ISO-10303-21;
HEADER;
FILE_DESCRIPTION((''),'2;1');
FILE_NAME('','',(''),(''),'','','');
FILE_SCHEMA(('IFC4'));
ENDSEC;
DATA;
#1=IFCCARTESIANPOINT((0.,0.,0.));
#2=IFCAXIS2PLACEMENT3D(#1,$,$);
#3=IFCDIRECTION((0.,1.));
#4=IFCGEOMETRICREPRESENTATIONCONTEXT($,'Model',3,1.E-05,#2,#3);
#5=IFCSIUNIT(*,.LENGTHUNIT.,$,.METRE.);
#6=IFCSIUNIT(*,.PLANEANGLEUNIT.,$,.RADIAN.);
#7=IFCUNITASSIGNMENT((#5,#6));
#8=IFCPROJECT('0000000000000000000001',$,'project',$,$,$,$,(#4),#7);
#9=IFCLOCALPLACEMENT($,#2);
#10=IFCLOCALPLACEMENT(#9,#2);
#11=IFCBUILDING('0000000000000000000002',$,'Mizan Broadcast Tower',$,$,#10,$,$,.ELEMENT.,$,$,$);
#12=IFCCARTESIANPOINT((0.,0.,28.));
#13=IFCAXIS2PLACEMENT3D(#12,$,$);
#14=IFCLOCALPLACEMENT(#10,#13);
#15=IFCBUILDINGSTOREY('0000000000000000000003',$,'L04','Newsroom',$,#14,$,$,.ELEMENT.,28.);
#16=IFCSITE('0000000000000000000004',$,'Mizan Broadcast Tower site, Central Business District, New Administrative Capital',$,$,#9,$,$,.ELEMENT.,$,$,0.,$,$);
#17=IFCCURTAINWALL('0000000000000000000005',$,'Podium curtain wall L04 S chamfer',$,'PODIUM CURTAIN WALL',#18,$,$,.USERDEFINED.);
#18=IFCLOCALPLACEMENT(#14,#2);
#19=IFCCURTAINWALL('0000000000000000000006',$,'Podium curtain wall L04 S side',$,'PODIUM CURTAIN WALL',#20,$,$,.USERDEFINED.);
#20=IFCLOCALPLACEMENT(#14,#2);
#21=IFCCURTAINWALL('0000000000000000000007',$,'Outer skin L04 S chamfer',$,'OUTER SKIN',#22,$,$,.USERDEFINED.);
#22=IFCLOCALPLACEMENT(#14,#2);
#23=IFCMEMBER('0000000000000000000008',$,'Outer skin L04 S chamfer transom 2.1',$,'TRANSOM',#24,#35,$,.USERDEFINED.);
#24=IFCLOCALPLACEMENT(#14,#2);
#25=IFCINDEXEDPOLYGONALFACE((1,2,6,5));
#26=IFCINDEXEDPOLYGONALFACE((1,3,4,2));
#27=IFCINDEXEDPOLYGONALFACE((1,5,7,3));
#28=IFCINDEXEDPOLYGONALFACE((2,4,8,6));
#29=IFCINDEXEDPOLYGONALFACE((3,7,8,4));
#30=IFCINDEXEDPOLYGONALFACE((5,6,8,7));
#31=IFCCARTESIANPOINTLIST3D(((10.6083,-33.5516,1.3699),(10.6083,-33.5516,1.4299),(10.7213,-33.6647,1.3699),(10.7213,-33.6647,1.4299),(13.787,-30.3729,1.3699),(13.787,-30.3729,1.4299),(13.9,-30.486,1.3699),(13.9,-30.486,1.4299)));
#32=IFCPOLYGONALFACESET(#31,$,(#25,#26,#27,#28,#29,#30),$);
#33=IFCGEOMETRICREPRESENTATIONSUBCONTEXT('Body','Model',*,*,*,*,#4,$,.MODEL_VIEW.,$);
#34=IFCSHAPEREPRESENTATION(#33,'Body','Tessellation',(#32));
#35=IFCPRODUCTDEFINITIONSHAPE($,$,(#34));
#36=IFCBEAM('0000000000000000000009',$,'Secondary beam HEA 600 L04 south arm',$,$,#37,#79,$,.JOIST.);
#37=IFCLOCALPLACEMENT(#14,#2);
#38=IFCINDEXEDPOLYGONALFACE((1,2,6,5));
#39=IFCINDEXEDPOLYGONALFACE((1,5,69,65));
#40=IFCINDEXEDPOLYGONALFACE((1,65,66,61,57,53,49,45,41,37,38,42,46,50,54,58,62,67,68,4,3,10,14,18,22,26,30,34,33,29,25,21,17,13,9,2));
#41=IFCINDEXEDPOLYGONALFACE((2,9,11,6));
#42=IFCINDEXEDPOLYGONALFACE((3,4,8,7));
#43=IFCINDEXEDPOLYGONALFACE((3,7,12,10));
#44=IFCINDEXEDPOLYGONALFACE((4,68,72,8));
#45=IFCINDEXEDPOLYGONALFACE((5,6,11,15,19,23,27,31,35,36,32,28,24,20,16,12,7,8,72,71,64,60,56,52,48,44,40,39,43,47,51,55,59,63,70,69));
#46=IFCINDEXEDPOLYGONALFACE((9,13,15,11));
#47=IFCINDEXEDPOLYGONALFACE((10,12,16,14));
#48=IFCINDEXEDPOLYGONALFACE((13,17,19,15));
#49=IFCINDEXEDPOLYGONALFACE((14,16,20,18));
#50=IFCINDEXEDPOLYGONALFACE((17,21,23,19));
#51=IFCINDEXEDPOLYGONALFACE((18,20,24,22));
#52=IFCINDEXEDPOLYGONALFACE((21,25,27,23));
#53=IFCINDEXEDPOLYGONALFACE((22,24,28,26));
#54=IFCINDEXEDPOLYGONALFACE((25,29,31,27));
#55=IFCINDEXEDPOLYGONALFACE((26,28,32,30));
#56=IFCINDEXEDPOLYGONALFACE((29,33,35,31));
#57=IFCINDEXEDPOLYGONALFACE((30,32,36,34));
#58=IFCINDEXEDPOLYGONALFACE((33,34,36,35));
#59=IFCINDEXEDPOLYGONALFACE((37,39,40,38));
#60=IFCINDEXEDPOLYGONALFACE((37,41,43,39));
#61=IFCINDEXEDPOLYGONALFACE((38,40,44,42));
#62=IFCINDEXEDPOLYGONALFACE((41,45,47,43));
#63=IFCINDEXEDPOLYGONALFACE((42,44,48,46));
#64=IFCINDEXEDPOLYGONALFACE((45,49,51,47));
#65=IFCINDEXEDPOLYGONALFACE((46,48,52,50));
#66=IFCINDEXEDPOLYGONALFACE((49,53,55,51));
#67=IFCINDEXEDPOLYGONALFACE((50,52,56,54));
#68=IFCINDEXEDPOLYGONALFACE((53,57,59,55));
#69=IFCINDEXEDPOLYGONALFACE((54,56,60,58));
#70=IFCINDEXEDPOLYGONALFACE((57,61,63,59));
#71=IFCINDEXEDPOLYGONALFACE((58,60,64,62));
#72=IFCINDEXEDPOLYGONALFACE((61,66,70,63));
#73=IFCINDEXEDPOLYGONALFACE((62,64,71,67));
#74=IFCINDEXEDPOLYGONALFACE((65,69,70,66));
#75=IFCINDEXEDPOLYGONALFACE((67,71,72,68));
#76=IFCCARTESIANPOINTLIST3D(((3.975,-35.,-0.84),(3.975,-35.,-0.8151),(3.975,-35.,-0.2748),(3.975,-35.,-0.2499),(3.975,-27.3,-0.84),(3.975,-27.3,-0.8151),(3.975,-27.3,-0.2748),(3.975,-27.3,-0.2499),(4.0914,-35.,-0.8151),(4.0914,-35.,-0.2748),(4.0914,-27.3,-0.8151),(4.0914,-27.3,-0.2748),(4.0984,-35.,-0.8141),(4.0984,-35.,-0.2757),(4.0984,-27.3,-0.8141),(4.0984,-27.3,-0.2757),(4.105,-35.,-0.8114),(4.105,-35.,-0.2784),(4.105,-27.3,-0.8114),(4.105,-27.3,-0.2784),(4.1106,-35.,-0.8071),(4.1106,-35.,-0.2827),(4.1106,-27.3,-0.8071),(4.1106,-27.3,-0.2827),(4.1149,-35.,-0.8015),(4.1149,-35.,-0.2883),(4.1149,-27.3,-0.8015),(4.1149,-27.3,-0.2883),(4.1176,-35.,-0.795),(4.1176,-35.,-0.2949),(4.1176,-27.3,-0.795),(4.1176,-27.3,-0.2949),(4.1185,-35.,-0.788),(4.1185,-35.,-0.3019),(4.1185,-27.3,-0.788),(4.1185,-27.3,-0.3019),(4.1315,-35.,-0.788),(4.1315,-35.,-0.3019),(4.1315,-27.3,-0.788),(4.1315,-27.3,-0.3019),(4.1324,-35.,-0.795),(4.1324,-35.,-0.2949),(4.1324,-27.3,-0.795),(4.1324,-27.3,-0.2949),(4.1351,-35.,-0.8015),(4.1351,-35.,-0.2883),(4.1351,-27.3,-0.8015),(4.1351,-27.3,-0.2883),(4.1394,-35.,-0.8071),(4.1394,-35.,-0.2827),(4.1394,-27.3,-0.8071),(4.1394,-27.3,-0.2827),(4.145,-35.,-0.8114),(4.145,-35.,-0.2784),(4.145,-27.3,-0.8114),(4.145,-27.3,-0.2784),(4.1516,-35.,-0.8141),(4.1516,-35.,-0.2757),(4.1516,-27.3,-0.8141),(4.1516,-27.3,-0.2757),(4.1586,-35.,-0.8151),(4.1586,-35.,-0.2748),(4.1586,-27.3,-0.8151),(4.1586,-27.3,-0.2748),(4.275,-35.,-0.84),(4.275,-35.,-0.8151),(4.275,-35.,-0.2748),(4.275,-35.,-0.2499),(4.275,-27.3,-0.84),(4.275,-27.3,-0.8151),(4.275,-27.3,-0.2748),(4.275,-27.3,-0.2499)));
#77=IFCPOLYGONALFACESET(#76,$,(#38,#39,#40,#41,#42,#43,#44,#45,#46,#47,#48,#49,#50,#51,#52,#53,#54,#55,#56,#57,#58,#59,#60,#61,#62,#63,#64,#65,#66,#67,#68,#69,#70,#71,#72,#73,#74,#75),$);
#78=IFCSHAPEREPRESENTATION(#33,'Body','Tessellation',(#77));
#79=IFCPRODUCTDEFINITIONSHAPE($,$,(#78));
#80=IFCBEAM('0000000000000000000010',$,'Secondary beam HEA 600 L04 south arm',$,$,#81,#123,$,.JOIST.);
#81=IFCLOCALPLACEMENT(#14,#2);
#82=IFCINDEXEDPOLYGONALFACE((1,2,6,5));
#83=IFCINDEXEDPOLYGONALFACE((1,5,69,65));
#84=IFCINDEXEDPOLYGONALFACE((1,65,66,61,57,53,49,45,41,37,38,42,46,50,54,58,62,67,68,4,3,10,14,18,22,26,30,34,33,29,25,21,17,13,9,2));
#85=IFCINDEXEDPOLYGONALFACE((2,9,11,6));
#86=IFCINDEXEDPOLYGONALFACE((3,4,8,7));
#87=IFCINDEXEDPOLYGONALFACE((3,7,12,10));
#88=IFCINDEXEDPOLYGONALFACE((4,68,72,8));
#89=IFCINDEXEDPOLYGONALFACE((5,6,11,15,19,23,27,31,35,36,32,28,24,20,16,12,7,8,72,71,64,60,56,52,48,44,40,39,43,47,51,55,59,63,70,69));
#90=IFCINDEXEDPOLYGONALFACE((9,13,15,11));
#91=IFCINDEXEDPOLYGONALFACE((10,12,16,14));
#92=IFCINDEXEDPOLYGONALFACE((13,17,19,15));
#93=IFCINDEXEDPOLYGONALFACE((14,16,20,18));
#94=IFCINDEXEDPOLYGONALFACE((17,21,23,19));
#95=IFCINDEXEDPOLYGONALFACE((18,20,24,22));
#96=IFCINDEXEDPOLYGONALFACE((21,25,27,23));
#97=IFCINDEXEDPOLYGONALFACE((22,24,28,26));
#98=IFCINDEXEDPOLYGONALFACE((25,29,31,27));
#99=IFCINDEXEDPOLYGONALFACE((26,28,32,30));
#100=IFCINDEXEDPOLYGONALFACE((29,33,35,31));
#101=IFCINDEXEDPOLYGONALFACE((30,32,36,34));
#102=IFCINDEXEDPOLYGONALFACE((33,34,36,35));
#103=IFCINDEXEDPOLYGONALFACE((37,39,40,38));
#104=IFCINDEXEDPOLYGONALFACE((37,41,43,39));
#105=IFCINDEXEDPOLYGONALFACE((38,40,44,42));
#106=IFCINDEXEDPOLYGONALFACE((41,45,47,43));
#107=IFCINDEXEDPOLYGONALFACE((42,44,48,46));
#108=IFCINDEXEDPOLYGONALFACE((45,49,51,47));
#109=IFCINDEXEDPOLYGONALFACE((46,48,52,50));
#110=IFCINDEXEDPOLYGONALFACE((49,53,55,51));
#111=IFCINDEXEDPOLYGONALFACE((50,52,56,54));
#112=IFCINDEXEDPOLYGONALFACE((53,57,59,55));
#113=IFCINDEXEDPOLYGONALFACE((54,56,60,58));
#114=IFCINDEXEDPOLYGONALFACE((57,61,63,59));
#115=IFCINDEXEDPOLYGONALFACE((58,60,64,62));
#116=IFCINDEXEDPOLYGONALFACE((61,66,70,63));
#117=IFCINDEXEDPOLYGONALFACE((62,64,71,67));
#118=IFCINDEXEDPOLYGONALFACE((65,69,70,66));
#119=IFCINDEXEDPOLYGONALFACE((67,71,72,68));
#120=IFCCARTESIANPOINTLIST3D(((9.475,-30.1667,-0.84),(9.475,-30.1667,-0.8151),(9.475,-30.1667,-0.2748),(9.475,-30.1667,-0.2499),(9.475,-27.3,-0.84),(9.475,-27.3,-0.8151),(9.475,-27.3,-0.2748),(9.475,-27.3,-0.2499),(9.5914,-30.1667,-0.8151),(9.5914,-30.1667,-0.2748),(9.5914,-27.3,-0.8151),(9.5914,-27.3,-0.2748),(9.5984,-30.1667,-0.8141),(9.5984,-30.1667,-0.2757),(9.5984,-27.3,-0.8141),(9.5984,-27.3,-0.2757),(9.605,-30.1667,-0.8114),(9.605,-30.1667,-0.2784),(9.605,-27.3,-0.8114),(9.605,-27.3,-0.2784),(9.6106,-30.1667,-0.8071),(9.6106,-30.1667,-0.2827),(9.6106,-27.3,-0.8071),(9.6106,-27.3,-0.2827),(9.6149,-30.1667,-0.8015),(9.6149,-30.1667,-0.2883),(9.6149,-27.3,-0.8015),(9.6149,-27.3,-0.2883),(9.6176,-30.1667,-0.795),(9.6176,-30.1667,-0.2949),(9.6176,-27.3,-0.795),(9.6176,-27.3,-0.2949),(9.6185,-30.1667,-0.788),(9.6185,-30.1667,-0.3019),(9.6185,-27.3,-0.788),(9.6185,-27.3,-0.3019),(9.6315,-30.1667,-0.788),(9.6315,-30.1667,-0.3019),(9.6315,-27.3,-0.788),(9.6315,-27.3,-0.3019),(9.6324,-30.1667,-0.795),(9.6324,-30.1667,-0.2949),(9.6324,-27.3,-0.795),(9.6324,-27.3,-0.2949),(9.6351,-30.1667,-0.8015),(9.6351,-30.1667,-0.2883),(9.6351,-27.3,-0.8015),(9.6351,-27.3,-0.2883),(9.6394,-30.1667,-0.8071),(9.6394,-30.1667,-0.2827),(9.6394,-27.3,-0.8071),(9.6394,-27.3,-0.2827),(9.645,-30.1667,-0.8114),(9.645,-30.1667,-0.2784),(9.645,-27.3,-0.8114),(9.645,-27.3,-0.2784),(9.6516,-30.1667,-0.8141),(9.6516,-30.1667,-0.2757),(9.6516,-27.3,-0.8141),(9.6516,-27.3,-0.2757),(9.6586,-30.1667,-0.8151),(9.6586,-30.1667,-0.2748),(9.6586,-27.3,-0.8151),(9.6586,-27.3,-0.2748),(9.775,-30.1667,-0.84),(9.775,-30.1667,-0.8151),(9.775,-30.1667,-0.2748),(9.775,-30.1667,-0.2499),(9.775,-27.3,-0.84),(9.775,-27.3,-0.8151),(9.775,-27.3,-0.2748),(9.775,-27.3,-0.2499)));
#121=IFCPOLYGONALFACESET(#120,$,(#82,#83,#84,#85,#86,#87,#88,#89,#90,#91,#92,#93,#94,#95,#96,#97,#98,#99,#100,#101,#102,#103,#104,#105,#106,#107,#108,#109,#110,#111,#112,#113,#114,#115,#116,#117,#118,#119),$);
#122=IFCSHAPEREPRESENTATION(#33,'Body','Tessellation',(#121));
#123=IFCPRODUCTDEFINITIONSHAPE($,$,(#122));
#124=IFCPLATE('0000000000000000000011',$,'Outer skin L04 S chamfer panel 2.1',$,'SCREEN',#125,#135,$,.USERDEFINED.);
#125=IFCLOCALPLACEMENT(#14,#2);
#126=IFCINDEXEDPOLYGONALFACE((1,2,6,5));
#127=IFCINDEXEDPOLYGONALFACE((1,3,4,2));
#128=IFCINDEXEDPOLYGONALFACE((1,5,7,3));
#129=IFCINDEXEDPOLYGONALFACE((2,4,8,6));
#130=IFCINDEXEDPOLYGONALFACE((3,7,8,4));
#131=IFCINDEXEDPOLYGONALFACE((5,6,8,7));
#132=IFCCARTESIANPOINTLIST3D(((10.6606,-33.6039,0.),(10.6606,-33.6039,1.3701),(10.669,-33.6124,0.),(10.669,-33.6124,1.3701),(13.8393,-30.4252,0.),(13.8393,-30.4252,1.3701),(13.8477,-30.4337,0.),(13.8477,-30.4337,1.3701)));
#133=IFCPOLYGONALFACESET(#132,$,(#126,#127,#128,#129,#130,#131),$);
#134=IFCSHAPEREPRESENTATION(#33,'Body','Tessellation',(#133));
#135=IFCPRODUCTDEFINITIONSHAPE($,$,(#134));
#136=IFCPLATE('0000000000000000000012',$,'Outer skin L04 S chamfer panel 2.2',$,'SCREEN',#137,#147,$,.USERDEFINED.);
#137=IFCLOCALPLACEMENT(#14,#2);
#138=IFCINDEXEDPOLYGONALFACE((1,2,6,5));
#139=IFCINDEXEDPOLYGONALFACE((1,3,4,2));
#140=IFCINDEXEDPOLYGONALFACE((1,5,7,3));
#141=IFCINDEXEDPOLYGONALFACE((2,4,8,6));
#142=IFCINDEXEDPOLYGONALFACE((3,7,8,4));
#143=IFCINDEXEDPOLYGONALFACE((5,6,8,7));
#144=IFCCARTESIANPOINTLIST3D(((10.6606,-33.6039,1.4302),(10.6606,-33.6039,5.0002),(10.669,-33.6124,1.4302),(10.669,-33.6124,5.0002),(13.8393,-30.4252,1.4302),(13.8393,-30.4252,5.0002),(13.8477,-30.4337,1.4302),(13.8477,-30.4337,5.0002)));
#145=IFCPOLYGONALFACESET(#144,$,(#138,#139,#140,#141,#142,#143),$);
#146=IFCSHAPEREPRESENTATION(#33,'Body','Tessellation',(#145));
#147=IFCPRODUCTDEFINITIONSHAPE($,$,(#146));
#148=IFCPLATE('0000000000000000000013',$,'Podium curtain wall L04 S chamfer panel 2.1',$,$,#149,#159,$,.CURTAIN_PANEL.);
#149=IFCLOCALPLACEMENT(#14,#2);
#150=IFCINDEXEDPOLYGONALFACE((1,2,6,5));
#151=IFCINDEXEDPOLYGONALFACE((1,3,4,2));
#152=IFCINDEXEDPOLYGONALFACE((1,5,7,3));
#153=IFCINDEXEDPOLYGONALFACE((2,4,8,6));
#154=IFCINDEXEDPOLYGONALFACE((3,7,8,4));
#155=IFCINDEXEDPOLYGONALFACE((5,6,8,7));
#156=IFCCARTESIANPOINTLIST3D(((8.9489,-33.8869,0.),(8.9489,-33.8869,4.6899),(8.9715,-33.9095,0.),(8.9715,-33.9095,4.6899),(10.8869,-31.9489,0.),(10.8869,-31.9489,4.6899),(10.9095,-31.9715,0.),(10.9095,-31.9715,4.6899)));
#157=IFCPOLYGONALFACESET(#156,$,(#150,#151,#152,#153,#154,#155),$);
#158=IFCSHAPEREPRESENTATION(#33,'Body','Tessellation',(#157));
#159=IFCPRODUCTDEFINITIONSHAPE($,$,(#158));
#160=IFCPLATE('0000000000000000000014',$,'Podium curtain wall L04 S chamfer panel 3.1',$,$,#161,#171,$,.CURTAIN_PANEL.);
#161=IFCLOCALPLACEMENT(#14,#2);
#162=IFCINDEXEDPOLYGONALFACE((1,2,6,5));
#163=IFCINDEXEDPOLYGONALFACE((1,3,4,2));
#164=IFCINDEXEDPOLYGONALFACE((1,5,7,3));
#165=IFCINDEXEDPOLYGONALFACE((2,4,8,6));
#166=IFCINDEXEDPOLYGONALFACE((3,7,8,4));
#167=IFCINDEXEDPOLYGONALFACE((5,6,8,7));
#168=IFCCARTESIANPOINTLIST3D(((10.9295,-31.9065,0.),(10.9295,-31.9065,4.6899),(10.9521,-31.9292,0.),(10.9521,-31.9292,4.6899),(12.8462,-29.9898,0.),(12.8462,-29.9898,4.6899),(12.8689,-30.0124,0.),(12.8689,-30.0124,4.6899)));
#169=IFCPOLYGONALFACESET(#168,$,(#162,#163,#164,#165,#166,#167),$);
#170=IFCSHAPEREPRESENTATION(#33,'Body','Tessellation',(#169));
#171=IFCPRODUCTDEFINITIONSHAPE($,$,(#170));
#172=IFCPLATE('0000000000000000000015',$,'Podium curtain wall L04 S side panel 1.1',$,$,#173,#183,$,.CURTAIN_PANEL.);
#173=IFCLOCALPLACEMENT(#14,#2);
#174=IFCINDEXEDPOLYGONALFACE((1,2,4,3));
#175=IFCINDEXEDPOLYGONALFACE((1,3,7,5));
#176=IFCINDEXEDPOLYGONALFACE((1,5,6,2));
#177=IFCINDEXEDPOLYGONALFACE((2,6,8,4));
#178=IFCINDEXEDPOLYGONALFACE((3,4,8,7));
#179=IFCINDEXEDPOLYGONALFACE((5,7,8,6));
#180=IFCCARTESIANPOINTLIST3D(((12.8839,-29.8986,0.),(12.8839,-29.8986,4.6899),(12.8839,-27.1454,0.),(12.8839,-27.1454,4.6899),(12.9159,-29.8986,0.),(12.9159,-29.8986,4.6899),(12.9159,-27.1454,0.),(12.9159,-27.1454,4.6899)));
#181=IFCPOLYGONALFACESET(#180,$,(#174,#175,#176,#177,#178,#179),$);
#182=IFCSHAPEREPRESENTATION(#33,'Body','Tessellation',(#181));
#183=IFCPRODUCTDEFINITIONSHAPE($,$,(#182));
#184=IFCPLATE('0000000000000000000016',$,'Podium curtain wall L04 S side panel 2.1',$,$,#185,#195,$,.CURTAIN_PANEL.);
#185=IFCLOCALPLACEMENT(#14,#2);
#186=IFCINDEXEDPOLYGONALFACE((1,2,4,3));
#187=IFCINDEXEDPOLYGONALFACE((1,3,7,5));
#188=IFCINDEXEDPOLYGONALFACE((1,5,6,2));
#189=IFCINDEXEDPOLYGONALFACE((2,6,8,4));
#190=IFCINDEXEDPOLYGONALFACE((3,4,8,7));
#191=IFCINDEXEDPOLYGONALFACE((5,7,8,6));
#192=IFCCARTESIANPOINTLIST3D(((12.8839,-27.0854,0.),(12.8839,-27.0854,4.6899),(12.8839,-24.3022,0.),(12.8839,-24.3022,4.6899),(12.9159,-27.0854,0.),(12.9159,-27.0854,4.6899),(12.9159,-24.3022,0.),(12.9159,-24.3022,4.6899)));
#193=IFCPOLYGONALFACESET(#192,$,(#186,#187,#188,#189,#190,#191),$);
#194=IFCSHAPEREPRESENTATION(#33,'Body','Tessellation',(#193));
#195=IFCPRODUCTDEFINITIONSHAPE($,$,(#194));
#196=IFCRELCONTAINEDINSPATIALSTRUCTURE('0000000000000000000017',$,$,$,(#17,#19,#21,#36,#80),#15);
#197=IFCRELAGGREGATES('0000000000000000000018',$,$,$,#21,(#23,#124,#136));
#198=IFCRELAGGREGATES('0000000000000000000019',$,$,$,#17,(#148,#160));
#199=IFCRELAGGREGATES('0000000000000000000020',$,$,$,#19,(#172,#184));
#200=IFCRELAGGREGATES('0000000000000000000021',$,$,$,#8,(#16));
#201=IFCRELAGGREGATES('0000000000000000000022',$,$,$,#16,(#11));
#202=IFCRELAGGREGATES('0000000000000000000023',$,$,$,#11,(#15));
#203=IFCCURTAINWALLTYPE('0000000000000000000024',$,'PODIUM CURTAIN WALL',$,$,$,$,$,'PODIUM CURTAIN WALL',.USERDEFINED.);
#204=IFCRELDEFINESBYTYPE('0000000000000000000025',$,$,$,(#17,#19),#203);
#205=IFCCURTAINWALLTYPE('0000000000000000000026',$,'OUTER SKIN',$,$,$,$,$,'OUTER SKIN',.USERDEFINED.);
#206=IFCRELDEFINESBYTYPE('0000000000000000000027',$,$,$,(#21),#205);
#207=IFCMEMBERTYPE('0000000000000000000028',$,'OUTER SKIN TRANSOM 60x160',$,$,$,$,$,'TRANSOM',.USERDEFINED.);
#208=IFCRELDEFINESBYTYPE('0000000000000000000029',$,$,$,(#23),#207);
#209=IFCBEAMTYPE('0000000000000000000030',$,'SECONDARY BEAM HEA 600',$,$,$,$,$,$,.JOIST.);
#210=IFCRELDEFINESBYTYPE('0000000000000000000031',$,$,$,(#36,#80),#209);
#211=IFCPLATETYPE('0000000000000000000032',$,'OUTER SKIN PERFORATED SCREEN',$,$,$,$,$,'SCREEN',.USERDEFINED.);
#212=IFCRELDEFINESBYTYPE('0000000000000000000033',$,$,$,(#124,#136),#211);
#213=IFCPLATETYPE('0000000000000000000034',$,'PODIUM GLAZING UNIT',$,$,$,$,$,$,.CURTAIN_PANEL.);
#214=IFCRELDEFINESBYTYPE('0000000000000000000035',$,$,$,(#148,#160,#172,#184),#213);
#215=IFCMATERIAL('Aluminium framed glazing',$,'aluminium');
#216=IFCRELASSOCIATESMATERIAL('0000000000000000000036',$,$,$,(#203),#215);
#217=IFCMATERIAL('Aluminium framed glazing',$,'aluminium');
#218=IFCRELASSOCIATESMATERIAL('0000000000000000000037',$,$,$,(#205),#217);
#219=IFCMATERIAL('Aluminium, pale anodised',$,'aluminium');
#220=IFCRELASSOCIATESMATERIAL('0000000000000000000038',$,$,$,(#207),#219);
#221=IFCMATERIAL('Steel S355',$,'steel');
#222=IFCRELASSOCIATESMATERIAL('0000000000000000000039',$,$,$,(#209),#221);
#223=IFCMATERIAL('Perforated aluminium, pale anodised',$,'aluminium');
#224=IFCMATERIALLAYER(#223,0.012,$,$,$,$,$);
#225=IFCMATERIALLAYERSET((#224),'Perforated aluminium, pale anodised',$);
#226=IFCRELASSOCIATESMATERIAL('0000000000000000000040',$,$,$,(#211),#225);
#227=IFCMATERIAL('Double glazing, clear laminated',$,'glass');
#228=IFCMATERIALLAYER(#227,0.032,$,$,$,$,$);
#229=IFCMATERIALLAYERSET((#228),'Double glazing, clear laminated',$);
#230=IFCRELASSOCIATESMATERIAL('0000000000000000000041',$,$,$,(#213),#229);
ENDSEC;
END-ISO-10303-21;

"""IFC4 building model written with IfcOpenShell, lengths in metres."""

from ifc_helpers import new_model, si_unit, direction, frame, origin, origin_2d, place, context, subcontext, project, spatial, rectangle, i_section, extrude, material, layer, layer_set, material_profile, profile_set, type_object, element, aggregate, save


model = new_model("IFC4")

# Units and contexts
model_context = context("Model", 3, precision=1e-05, world=origin(), true_north=direction((0.0, 1.0)))
body_context = subcontext(model_context, "Body", "Model", "MODEL_VIEW")
ifc_project = project(units=[si_unit("LENGTHUNIT", "METRE"), si_unit("PLANEANGLEUNIT", "RADIAN")], contexts=[model_context])

# Site, building, storey
site_placement = place(None, origin())
site = spatial("IfcSite", under=ifc_project, at=site_placement, Name="Mizan Broadcast Tower site, Central Business District, New Administrative Capital", CompositionType="ELEMENT", RefElevation=0.0)
building_placement = place(site_placement, origin())
building = spatial("IfcBuilding", under=site, at=building_placement, Name="Mizan Broadcast Tower", CompositionType="ELEMENT")
storey_placement = place(building_placement, frame((0.0, 0.0, 28.0)))
storey = spatial("IfcBuildingStorey", under=building, at=storey_placement, Name="L04", Description="Newsroom", CompositionType="ELEMENT", Elevation=28.0)

# Curtain walls
ifc_material_1 = material(Name="Aluminium framed glazing", Category="aluminium")
curtain_wall_type_1 = type_object("IfcCurtainWallType", Name="PODIUM CURTAIN WALL", ElementType="PODIUM CURTAIN WALL", PredefinedType="USERDEFINED", material=ifc_material_1)
curtain_wall_1_placement = place(storey_placement, origin())
curtain_wall_1 = element("IfcCurtainWall", 1, at=curtain_wall_1_placement, inside=storey, type_object=curtain_wall_type_1, Name="Podium curtain wall L04 S chamfer", ObjectType="PODIUM CURTAIN WALL", PredefinedType="USERDEFINED")
curtain_wall_2_placement = place(storey_placement, origin())
curtain_wall_2 = element("IfcCurtainWall", 2, at=curtain_wall_2_placement, inside=storey, type_object=curtain_wall_type_1, Name="Podium curtain wall L04 S side", ObjectType="PODIUM CURTAIN WALL", PredefinedType="USERDEFINED")

# Curtain wall, member
ifc_material_2 = material(Name="Aluminium framed glazing", Category="aluminium")
curtain_wall_type_2 = type_object("IfcCurtainWallType", Name="OUTER SKIN", ElementType="OUTER SKIN", PredefinedType="USERDEFINED", material=ifc_material_2)
curtain_wall_3_placement = place(storey_placement, origin())
curtain_wall_3 = element("IfcCurtainWall", 3, at=curtain_wall_3_placement, inside=storey, type_object=curtain_wall_type_2, Name="Outer skin L04 S chamfer", ObjectType="OUTER SKIN", PredefinedType="USERDEFINED")
ifc_material_3 = material(Name="Aluminium, pale anodised", Category="aluminium")
ifc_material_profile_1 = material_profile(ifc_material_3, rectangle(XDim=0.1599, YDim=0.0601, at=origin_2d()), Name="TRANSOM 160x60")
ifc_profile_set_1 = profile_set([ifc_material_profile_1], Name="Aluminium, pale anodised")
member_type_1 = type_object("IfcMemberType", Name="OUTER SKIN TRANSOM 60x160", ElementType="TRANSOM", PredefinedType="USERDEFINED", material=ifc_profile_set_1)
member_1_placement = place(storey_placement, frame((10.6648, -33.6082, 1.3999), z_axis=(0.707107, 0.707107, 0.0), x_axis=(-0.707107, 0.707107, 0.0)))
member_1 = element("IfcMember", 4, at=member_1_placement, type_object=member_type_1, Name="Outer skin L04 S chamfer transom 2.1", ObjectType="TRANSOM", PredefinedType="USERDEFINED", context=body_context, shape_type="SweptSolid", body=[
    extrude(rectangle(XDim=0.1599, YDim=0.0601, at=origin_2d()), origin(), (0.0, 0.0, 1.0), 4.4954),
])

# Beams
ifc_material_4 = material(Name="Steel S355", Category="steel")
ifc_material_profile_2 = material_profile(ifc_material_4, i_section(OverallWidth=0.3, OverallDepth=0.5901, WebThickness=0.0129, FlangeThickness=0.0249, FilletRadius=0.0271, at=origin_2d()), Name="HEA 600")
ifc_profile_set_2 = profile_set([ifc_material_profile_2], Name="Steel S355")
beam_type_1 = type_object("IfcBeamType", Name="SECONDARY BEAM HEA 600", PredefinedType="JOIST", material=ifc_profile_set_2)
beam_1_placement = place(storey_placement, frame((4.125, -27.3, -0.5449), z_axis=(0.0, -1.0, 0.0), x_axis=(1.0, 0.0, 0.0)))
element("IfcBeam", 5, at=beam_1_placement, inside=storey, type_object=beam_type_1, Name="Secondary beam HEA 600 L04 south arm", PredefinedType="JOIST", context=body_context, shape_type="SweptSolid", body=[
    extrude(i_section(OverallWidth=0.3, OverallDepth=0.5901, WebThickness=0.0129, FlangeThickness=0.0249, FilletRadius=0.0271, at=origin_2d()), origin(), (0.0, 0.0, 1.0), 7.7),
])
beam_2_placement = place(storey_placement, frame((9.625, -27.3, -0.5449), z_axis=(0.0, -1.0, 0.0), x_axis=(1.0, 0.0, 0.0)))
element("IfcBeam", 6, at=beam_2_placement, inside=storey, type_object=beam_type_1, Name="Secondary beam HEA 600 L04 south arm", PredefinedType="JOIST", context=body_context, shape_type="SweptSolid", body=[
    extrude(i_section(OverallWidth=0.3, OverallDepth=0.5901, WebThickness=0.0129, FlangeThickness=0.0249, FilletRadius=0.0271, at=origin_2d()), origin(), (0.0, 0.0, 1.0), 2.8667),
])

# Plates
ifc_material_5 = material(Name="Perforated aluminium, pale anodised", Category="aluminium")
ifc_layer_1 = layer(ifc_material_5, 0.012)
ifc_layer_set_1 = layer_set([ifc_layer_1], Name="Perforated aluminium, pale anodised")
plate_type_1 = type_object("IfcPlateType", Name="OUTER SKIN PERFORATED SCREEN", ElementType="SCREEN", PredefinedType="USERDEFINED", material=ifc_layer_set_1)
plate_1_placement = place(storey_placement, frame((12.2542, -32.0188, 0.0), z_axis=(0.0, 0.0, 1.0), x_axis=(0.707107, 0.707107, 0.0)))
plate_1 = element("IfcPlate", 7, at=plate_1_placement, type_object=plate_type_1, Name="Outer skin L04 S chamfer panel 2.1", ObjectType="SCREEN", PredefinedType="USERDEFINED", context=body_context, shape_type="SweptSolid", body=[
    extrude(rectangle(XDim=4.4954, YDim=0.012, at=origin_2d()), origin(), (0.0, 0.0, 1.0), 1.3701),
])
plate_2_placement = place(storey_placement, frame((12.2542, -32.0188, 1.4302), z_axis=(0.0, 0.0, 1.0), x_axis=(0.707107, 0.707107, 0.0)))
plate_2 = element("IfcPlate", 8, at=plate_2_placement, type_object=plate_type_1, Name="Outer skin L04 S chamfer panel 2.2", ObjectType="SCREEN", PredefinedType="USERDEFINED", context=body_context, shape_type="SweptSolid", body=[
    extrude(rectangle(XDim=4.4954, YDim=0.012, at=origin_2d()), origin(), (0.0, 0.0, 1.0), 3.5701),
])
aggregate(curtain_wall_3, [member_1, plate_1, plate_2])
ifc_material_6 = material(Name="Double glazing, clear laminated", Category="glass")
ifc_layer_2 = layer(ifc_material_6, 0.032)
ifc_layer_set_2 = layer_set([ifc_layer_2], Name="Double glazing, clear laminated")
plate_type_2 = type_object("IfcPlateType", Name="PODIUM GLAZING UNIT", PredefinedType="CURTAIN_PANEL", material=ifc_layer_set_2)
plate_3_placement = place(storey_placement, frame((9.9292, -32.9292, 0.0), z_axis=(0.0, 0.0, 1.0), x_axis=(0.707107, 0.707107, 0.0)))
plate_3 = element("IfcPlate", 9, at=plate_3_placement, type_object=plate_type_2, Name="Podium curtain wall L04 S chamfer panel 2.1", PredefinedType="CURTAIN_PANEL", context=body_context, shape_type="SweptSolid", body=[
    extrude(rectangle(XDim=2.7407, YDim=0.032, at=origin_2d()), origin(), (0.0, 0.0, 1.0), 4.6899),
])
plate_4_placement = place(storey_placement, frame((11.8992, -30.9595, 0.0), z_axis=(0.0, 0.0, 1.0), x_axis=(0.707107, 0.707107, 0.0)))
plate_4 = element("IfcPlate", 10, at=plate_4_placement, type_object=plate_type_2, Name="Podium curtain wall L04 S chamfer panel 3.1", PredefinedType="CURTAIN_PANEL", context=body_context, shape_type="SweptSolid", body=[
    extrude(rectangle(XDim=2.7107, YDim=0.032, at=origin_2d()), origin(), (0.0, 0.0, 1.0), 4.6899),
])
aggregate(curtain_wall_1, [plate_3, plate_4])
plate_5_placement = place(storey_placement, frame((12.8999, -28.522, 0.0), z_axis=(0.0, 0.0, 1.0), x_axis=(0.0, 1.0, 0.0)))
plate_5 = element("IfcPlate", 11, at=plate_5_placement, type_object=plate_type_2, Name="Podium curtain wall L04 S side panel 1.1", PredefinedType="CURTAIN_PANEL", context=body_context, shape_type="SweptSolid", body=[
    extrude(rectangle(XDim=2.7532, YDim=0.032, at=origin_2d()), origin(), (0.0, 0.0, 1.0), 4.6899),
])
plate_6_placement = place(storey_placement, frame((12.8999, -25.6938, 0.0), z_axis=(0.0, 0.0, 1.0), x_axis=(0.0, 1.0, 0.0)))
plate_6 = element("IfcPlate", 12, at=plate_6_placement, type_object=plate_type_2, Name="Podium curtain wall L04 S side panel 2.1", PredefinedType="CURTAIN_PANEL", context=body_context, shape_type="SweptSolid", body=[
    extrude(rectangle(XDim=2.7832, YDim=0.032, at=origin_2d()), origin(), (0.0, 0.0, 1.0), 4.6899),
])
aggregate(curtain_wall_2, [plate_5, plate_6])

save(model, "model.ifc")
